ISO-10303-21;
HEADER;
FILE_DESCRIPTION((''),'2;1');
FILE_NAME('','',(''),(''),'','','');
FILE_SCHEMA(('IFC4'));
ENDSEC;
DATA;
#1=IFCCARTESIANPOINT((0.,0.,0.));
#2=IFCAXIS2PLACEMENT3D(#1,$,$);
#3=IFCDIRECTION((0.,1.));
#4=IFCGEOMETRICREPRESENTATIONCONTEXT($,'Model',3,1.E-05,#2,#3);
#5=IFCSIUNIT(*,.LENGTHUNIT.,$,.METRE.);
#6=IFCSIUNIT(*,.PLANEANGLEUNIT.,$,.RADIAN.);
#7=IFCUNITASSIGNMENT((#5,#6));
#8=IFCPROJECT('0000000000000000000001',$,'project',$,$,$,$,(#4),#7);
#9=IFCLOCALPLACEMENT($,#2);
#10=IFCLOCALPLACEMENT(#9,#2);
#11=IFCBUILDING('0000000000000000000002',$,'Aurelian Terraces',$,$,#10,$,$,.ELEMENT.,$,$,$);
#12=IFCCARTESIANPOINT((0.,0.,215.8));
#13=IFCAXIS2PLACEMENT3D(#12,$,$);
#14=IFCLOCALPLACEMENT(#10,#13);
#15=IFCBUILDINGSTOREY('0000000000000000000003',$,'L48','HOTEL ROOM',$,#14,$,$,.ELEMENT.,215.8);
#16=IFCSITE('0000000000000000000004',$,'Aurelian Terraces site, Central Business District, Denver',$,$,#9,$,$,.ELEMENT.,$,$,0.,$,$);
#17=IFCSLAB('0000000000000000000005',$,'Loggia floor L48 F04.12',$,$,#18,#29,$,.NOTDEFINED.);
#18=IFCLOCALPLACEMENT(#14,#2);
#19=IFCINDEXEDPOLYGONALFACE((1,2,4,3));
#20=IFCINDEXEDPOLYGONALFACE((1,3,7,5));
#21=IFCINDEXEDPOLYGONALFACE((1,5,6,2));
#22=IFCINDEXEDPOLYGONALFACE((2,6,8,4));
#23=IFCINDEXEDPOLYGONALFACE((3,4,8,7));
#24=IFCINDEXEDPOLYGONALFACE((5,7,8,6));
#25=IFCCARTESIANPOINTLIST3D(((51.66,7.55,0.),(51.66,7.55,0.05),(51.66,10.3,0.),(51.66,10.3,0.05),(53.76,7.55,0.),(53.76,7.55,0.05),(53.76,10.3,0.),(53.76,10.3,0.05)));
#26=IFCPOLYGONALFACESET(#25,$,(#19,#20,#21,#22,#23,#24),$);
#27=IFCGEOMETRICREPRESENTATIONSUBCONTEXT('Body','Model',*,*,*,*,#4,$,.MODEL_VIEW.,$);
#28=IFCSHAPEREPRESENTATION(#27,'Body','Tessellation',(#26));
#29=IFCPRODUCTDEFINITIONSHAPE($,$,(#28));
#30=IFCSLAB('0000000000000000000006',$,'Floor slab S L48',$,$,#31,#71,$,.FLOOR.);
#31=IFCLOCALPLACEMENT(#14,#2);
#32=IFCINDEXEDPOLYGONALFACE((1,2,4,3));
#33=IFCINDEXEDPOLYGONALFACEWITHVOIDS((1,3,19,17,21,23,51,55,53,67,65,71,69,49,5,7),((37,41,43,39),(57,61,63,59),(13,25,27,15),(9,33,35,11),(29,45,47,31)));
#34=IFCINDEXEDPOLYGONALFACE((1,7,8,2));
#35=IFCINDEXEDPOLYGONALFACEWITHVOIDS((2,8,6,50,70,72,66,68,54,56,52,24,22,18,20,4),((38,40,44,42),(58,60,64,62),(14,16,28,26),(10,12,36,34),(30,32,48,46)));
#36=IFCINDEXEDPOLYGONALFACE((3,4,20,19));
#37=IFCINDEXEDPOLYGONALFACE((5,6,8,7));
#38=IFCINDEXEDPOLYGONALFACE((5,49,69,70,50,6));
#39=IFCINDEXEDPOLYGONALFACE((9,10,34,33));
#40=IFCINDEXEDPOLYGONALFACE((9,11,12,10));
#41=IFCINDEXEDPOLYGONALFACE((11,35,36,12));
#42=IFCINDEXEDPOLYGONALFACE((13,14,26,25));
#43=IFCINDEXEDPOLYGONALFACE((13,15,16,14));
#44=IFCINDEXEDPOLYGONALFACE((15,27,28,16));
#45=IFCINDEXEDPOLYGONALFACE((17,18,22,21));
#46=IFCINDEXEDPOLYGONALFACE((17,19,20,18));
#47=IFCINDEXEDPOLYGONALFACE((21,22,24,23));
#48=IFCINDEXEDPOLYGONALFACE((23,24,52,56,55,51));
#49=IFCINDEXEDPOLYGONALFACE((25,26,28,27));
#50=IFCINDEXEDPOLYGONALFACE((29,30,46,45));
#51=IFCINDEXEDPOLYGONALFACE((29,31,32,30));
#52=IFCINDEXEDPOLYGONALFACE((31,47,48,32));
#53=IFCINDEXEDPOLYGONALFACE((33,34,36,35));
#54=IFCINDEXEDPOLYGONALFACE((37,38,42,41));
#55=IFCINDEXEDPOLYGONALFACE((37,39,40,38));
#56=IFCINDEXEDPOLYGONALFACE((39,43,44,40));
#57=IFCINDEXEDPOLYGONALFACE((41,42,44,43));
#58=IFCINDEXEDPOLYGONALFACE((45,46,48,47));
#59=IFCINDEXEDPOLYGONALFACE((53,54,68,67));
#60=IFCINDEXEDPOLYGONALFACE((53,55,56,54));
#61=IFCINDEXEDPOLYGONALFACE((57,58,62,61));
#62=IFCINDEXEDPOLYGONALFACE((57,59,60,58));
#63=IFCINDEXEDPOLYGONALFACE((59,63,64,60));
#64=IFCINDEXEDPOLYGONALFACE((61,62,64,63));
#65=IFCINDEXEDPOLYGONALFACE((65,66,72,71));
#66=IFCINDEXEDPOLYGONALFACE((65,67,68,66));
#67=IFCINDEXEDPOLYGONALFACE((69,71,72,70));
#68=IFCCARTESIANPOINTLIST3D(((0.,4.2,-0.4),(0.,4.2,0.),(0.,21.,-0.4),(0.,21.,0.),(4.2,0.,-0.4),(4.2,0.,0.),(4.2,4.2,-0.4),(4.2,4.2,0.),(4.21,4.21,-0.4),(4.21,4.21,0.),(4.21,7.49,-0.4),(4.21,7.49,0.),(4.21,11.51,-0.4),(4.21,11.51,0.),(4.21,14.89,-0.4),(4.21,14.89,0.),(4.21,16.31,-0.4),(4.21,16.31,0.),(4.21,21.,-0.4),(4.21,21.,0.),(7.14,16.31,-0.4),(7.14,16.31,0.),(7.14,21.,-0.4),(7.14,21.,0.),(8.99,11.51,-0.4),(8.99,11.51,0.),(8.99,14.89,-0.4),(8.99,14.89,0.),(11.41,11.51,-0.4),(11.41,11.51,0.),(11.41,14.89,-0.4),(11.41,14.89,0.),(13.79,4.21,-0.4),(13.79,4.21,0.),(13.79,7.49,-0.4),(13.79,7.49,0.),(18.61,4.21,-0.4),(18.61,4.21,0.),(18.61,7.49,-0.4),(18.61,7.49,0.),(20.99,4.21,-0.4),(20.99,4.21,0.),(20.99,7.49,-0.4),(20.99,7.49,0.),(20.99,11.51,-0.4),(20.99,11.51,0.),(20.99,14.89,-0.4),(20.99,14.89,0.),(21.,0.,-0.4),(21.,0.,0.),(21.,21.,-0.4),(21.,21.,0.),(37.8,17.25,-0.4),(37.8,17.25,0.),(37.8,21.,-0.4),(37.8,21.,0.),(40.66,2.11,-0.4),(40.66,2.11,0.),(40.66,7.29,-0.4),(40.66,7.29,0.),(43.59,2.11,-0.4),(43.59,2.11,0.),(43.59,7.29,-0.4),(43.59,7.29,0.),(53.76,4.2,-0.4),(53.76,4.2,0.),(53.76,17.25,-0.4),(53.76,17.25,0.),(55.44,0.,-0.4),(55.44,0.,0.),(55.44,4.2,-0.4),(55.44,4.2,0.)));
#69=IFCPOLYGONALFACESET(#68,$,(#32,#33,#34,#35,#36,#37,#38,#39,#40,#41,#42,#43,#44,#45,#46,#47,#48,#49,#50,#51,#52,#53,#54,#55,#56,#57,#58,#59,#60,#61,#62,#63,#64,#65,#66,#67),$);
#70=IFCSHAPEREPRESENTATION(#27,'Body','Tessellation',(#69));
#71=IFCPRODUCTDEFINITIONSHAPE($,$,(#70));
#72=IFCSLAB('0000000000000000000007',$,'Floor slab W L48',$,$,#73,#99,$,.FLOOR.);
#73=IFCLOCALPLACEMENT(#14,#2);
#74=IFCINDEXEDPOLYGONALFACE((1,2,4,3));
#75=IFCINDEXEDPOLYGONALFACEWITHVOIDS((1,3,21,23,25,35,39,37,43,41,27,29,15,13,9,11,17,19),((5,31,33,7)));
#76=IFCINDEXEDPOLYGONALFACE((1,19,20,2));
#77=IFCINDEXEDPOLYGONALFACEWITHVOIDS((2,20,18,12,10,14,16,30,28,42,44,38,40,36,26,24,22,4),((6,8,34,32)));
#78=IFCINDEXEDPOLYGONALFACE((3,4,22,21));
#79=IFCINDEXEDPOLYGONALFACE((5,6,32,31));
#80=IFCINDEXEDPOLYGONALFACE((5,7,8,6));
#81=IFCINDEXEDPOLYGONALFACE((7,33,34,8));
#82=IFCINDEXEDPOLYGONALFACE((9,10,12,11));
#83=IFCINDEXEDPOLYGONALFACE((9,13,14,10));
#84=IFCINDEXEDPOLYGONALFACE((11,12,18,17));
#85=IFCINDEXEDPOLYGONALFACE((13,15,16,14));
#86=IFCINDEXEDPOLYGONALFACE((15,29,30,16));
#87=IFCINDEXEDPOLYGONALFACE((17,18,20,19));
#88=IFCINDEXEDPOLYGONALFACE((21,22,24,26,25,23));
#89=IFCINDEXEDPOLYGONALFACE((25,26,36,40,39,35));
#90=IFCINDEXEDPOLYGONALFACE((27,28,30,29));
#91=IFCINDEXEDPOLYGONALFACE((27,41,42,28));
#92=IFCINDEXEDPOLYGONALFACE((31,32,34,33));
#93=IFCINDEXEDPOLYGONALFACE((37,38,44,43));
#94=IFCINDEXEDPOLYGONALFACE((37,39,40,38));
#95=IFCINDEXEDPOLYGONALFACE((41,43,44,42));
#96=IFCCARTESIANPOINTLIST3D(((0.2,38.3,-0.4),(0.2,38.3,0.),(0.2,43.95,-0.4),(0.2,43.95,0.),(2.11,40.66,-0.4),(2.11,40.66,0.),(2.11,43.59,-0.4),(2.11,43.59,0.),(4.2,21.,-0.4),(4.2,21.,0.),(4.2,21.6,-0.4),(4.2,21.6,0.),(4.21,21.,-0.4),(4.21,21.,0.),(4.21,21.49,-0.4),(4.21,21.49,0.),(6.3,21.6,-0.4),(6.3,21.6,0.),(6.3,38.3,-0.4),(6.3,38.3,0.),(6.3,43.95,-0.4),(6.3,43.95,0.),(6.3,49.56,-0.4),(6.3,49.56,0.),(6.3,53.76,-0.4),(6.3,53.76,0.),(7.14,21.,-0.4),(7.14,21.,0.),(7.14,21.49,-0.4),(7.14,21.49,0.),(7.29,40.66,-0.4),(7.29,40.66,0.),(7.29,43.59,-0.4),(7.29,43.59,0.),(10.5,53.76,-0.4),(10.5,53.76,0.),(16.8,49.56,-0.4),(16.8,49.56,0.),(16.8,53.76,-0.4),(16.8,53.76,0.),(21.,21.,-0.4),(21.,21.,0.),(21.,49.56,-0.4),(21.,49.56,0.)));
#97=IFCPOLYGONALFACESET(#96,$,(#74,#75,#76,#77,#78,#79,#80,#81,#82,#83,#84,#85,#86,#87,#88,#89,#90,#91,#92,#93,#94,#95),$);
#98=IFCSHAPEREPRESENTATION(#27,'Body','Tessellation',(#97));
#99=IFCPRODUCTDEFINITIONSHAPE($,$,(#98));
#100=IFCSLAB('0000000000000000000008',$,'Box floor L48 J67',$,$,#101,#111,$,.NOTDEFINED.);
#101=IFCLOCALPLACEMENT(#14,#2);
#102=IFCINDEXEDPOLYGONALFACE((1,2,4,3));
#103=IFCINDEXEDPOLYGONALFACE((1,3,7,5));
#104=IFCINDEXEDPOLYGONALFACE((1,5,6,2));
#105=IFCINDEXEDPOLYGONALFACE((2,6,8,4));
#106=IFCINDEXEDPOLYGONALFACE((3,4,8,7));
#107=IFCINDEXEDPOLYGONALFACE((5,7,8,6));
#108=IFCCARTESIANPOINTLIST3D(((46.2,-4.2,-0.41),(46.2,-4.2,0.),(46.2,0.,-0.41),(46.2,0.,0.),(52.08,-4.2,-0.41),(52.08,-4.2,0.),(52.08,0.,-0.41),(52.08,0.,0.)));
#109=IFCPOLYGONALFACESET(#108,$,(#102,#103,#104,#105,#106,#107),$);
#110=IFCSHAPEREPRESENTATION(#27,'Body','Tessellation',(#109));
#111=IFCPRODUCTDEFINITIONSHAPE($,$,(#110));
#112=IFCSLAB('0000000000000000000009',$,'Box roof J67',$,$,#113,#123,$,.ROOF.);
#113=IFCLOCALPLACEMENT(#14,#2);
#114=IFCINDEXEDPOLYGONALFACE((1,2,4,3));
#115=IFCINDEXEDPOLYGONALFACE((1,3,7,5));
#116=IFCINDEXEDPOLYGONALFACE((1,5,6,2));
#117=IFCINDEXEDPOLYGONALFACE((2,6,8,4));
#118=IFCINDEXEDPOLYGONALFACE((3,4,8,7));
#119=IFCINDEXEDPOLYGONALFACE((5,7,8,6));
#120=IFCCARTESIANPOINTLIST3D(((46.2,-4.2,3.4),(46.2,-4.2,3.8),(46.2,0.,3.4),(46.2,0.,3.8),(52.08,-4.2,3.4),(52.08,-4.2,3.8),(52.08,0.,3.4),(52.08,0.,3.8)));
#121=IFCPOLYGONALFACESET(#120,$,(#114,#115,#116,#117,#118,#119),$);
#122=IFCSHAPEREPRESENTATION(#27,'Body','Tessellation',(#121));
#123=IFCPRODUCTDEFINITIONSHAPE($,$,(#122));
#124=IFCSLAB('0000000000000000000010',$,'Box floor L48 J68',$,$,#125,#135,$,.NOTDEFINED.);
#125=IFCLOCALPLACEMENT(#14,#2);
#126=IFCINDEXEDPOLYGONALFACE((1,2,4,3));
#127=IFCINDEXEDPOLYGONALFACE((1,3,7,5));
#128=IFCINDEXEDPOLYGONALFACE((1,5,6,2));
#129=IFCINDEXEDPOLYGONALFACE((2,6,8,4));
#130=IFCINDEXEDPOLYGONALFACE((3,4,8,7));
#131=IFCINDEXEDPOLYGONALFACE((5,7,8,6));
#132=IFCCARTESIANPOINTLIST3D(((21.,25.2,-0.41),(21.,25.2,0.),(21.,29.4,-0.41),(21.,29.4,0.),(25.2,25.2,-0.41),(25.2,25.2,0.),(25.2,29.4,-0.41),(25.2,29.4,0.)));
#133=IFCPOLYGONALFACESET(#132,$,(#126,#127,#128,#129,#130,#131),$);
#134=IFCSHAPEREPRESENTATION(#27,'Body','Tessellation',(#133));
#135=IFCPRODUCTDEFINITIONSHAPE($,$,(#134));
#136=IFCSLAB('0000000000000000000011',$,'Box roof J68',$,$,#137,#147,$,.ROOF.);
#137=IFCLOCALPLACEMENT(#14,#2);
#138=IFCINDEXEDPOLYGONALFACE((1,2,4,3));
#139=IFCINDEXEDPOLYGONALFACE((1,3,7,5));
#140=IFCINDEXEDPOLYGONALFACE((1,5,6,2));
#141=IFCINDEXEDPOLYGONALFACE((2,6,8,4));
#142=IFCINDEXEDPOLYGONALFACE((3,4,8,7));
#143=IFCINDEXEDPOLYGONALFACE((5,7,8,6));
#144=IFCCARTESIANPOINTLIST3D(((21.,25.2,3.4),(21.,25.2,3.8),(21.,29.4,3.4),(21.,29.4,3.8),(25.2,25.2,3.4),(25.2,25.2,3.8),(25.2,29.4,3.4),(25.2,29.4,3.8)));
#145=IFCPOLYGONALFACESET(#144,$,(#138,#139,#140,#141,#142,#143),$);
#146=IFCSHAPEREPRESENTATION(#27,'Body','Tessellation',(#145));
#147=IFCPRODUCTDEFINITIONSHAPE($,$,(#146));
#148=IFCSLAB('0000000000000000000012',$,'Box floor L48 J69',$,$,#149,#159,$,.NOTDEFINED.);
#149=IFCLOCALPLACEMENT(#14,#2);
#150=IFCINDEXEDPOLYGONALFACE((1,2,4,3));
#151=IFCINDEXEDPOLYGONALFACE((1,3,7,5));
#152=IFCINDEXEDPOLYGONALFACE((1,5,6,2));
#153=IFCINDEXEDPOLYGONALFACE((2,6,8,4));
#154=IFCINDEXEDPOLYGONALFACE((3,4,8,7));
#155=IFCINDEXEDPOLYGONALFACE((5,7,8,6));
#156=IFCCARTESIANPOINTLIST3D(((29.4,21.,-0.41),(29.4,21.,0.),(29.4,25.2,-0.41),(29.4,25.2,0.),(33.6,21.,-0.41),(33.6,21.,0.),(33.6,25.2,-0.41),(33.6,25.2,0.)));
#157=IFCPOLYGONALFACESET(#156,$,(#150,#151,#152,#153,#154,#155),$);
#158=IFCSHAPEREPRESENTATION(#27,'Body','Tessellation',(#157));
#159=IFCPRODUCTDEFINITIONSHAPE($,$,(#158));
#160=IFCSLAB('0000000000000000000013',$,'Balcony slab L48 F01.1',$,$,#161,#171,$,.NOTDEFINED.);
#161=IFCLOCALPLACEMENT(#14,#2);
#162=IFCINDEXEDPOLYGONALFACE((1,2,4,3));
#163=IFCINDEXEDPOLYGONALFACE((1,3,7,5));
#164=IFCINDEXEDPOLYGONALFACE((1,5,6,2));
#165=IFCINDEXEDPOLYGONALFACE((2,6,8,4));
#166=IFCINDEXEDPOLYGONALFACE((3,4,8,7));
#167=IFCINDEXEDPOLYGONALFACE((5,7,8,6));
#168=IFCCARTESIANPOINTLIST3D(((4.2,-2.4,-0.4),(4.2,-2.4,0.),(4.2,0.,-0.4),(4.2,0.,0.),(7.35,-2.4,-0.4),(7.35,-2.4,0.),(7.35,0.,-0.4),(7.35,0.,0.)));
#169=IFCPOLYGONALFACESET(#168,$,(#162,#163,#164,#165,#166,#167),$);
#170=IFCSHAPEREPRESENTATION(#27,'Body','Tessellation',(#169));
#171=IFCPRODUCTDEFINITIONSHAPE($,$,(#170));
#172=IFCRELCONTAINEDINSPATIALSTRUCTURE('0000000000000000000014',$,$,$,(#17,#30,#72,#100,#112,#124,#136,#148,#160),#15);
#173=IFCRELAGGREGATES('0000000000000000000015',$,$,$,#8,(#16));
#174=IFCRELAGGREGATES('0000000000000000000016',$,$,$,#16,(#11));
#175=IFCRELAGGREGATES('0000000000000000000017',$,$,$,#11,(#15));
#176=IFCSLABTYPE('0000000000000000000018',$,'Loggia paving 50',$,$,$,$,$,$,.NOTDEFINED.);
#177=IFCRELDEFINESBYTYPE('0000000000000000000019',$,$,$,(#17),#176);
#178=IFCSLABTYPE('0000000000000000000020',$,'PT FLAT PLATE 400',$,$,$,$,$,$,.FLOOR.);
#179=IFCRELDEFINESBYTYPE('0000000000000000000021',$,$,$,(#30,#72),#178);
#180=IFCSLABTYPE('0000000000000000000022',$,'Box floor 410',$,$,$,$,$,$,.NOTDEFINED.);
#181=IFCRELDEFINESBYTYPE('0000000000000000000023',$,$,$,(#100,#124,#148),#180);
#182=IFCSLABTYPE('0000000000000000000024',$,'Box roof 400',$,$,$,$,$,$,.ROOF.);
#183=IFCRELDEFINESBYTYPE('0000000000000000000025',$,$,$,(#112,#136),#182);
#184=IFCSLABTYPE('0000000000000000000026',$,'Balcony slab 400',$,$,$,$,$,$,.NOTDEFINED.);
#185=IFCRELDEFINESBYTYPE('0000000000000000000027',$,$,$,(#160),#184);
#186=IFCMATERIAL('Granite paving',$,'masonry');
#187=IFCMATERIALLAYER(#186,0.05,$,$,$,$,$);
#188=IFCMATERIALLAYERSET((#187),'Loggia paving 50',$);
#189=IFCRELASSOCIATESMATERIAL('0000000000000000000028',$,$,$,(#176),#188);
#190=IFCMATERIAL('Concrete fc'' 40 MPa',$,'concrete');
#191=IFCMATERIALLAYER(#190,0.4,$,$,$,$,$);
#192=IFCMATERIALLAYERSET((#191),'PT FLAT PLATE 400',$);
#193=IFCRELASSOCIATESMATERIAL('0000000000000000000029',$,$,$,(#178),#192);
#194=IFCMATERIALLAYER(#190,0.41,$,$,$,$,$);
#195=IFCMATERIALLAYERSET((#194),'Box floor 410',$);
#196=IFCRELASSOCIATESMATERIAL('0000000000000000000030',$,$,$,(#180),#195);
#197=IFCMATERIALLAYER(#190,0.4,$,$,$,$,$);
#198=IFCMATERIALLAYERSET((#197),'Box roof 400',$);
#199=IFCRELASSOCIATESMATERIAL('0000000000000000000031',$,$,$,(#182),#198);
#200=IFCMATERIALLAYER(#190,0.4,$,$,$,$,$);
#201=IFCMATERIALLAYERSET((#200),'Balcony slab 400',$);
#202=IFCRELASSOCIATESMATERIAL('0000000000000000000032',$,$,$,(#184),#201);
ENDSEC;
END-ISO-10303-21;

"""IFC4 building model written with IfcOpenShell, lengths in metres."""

from ifc_helpers import new_model, si_unit, direction, frame, origin, place, context, subcontext, project, spatial, polyline, outline, extrude, source, transform, mapped, material, layer, layer_set, type_object, element, save


model = new_model("IFC4")

# Units and contexts
model_context = context("Model", 3, precision=1e-05, world=origin(), true_north=direction((0.0, 1.0)))
body_context = subcontext(model_context, "Body", "Model", "MODEL_VIEW")
ifc_project = project(units=[si_unit("LENGTHUNIT", "METRE"), si_unit("PLANEANGLEUNIT", "RADIAN")], contexts=[model_context])

# Site, building, storey
site_placement = place(None, origin())
site = spatial("IfcSite", under=ifc_project, at=site_placement, Name="Aurelian Terraces site, Central Business District, Denver", CompositionType="ELEMENT", RefElevation=0.0)
building_placement = place(site_placement, origin())
building = spatial("IfcBuilding", under=site, at=building_placement, Name="Aurelian Terraces", CompositionType="ELEMENT")
storey_placement = place(building_placement, frame((0.0, 0.0, 215.8)))
storey = spatial("IfcBuildingStorey", under=building, at=storey_placement, Name="L48", Description="HOTEL ROOM", CompositionType="ELEMENT", Elevation=215.8)

# Slabs
ifc_material_1 = material(Name="Granite paving", Category="masonry")
ifc_layer_1 = layer(ifc_material_1, 0.05)
ifc_layer_set_1 = layer_set([ifc_layer_1], Name="Loggia paving 50")
slab_type_1 = type_object("IfcSlabType", Name="Loggia paving 50", PredefinedType="NOTDEFINED", material=ifc_layer_set_1)
slab_1_placement = place(storey_placement, origin())
element("IfcSlab", 1, at=slab_1_placement, inside=storey, type_object=slab_type_1, Name="Loggia floor L48 F04.12", PredefinedType="NOTDEFINED", context=body_context, shape_type="SweptSolid", body=[
    extrude(outline(polyline([(53.76, 7.55), (53.76, 10.3), (51.66, 10.3), (51.66, 7.55), (53.76, 7.55)])), origin(), (0.0, 0.0, 1.0), 0.05),
])
ifc_material_2 = material(Name="Concrete fc' 40 MPa", Category="concrete")
ifc_layer_2 = layer(ifc_material_2, 0.4)
ifc_layer_set_2 = layer_set([ifc_layer_2], Name="PT FLAT PLATE 400")
slab_type_2 = type_object("IfcSlabType", Name="PT FLAT PLATE 400", PredefinedType="FLOOR", material=ifc_layer_set_2)
slab_2_placement = place(storey_placement, frame((0.0, 0.0, -0.4)))
element("IfcSlab", 2, at=slab_2_placement, inside=storey, type_object=slab_type_2, Name="Floor slab S L48", PredefinedType="FLOOR", context=body_context, shape_type="SweptSolid", body=[
    extrude(outline(polyline([(21.0, 0.0), (4.2, 0.0), (4.2, 4.2), (0.0, 4.2), (0.0, 21.0), (4.21, 21.0), (4.21, 16.31), (7.14, 16.31), (7.14, 21.0), (21.0, 21.0), (37.8, 21.0), (37.8, 17.25), (53.76, 17.25), (53.76, 4.2), (55.44, 4.2), (55.44, 0.0), (21.0, 0.0)]), holes=[polyline([(40.66, 2.11), (43.59, 2.11), (43.59, 7.29), (40.66, 7.29), (40.66, 2.11)]), polyline([(18.61, 7.49), (18.61, 4.21), (20.99, 4.21), (20.99, 7.49), (18.61, 7.49)]), polyline([(20.99, 14.89), (11.41, 14.89), (11.41, 11.51), (20.99, 11.51), (20.99, 14.89)]), polyline([(4.21, 7.49), (4.21, 4.21), (13.79, 4.21), (13.79, 7.49), (4.21, 7.49)]), polyline([(4.21, 14.89), (4.21, 11.51), (8.99, 11.51), (8.99, 14.89), (4.21, 14.89)])]), origin(), (0.0, 0.0, 1.0), 0.4),
])
shared_shape_1 = source(origin(), body_context, "Body", "SweptSolid", [
    extrude(outline(polyline([(6.3, 43.95), (6.3, 49.56), (6.3, 53.76), (10.5, 53.76), (16.8, 53.76), (16.8, 49.56), (21.0, 49.56), (21.0, 21.0), (7.14, 21.0), (7.14, 21.49), (4.21, 21.49), (4.21, 21.0), (4.2, 21.0), (4.2, 21.6), (6.3, 21.6), (6.3, 38.3), (0.2, 38.3), (0.2, 43.95), (6.3, 43.95)]), holes=[polyline([(7.29, 43.59), (2.11, 43.59), (2.11, 40.66), (7.29, 40.66), (7.29, 43.59)])]), origin(), (0.0, 0.0, 1.0), 0.4),
])
slab_3_placement = place(storey_placement, frame((0.0, 0.0, -0.4)))
element("IfcSlab", 3, at=slab_3_placement, inside=storey, type_object=slab_type_2, Name="Floor slab W L48", PredefinedType="FLOOR", context=body_context, shape_type="MappedRepresentation", body=[
    mapped(shared_shape_1, transform((0.0, 0.0, 0.0), scale=1.0)),
])
ifc_layer_3 = layer(ifc_material_2, 0.41)
ifc_layer_set_3 = layer_set([ifc_layer_3], Name="Box floor 410")
slab_type_3 = type_object("IfcSlabType", Name="Box floor 410", PredefinedType="NOTDEFINED", material=ifc_layer_set_3)
shared_shape_2 = source(origin(), body_context, "Body", "SweptSolid", [
    extrude(outline(polyline([(46.2, -4.2), (52.08, -4.2), (52.08, 0.0), (46.2, 0.0), (46.2, -4.2)])), origin(), (0.0, 0.0, 1.0), 0.41),
])
slab_4_placement = place(storey_placement, frame((0.0, 0.0, -0.41)))
element("IfcSlab", 4, at=slab_4_placement, inside=storey, type_object=slab_type_3, Name="Box floor L48 J67", PredefinedType="NOTDEFINED", context=body_context, shape_type="MappedRepresentation", body=[
    mapped(shared_shape_2, transform((0.0, 0.0, 0.0), scale=1.0)),
])
ifc_layer_4 = layer(ifc_material_2, 0.4)
ifc_layer_set_4 = layer_set([ifc_layer_4], Name="Box roof 400")
slab_type_4 = type_object("IfcSlabType", Name="Box roof 400", PredefinedType="ROOF", material=ifc_layer_set_4)
shared_shape_3 = source(origin(), body_context, "Body", "SweptSolid", [
    extrude(outline(polyline([(46.2, -4.2), (52.08, -4.2), (52.08, 0.0), (46.2, 0.0), (46.2, -4.2)])), origin(), (0.0, 0.0, 1.0), 0.4),
])
slab_5_placement = place(storey_placement, frame((0.0, 0.0, 3.4)))
element("IfcSlab", 5, at=slab_5_placement, inside=storey, type_object=slab_type_4, Name="Box roof J67", PredefinedType="ROOF", context=body_context, shape_type="MappedRepresentation", body=[
    mapped(shared_shape_3, transform((0.0, 0.0, 0.0), scale=1.0)),
])
shared_shape_4 = source(origin(), body_context, "Body", "SweptSolid", [
    extrude(outline(polyline([(25.2, 25.2), (25.2, 29.4), (21.0, 29.4), (21.0, 25.2), (25.2, 25.2)])), origin(), (0.0, 0.0, 1.0), 0.41),
])
slab_6_placement = place(storey_placement, frame((0.0, 0.0, -0.41)))
element("IfcSlab", 6, at=slab_6_placement, inside=storey, type_object=slab_type_3, Name="Box floor L48 J68", PredefinedType="NOTDEFINED", context=body_context, shape_type="MappedRepresentation", body=[
    mapped(shared_shape_4, transform((0.0, 0.0, 0.0), scale=1.0)),
])
shared_shape_5 = source(origin(), body_context, "Body", "SweptSolid", [
    extrude(outline(polyline([(25.2, 25.2), (25.2, 29.4), (21.0, 29.4), (21.0, 25.2), (25.2, 25.2)])), origin(), (0.0, 0.0, 1.0), 0.4),
])
slab_7_placement = place(storey_placement, frame((0.0, 0.0, 3.4)))
element("IfcSlab", 7, at=slab_7_placement, inside=storey, type_object=slab_type_4, Name="Box roof J68", PredefinedType="ROOF", context=body_context, shape_type="MappedRepresentation", body=[
    mapped(shared_shape_5, transform((0.0, 0.0, 0.0), scale=1.0)),
])
shared_shape_6 = source(origin(), body_context, "Body", "SweptSolid", [
    extrude(outline(polyline([(33.6, 25.2), (29.4, 25.2), (29.4, 21.0), (33.6, 21.0), (33.6, 25.2)])), origin(), (0.0, 0.0, 1.0), 0.41),
])
slab_8_placement = place(storey_placement, frame((0.0, 0.0, -0.41)))
element("IfcSlab", 8, at=slab_8_placement, inside=storey, type_object=slab_type_3, Name="Box floor L48 J69", PredefinedType="NOTDEFINED", context=body_context, shape_type="MappedRepresentation", body=[
    mapped(shared_shape_6, transform((0.0, 0.0, 0.0), scale=1.0)),
])
ifc_layer_5 = layer(ifc_material_2, 0.4)
ifc_layer_set_5 = layer_set([ifc_layer_5], Name="Balcony slab 400")
slab_type_5 = type_object("IfcSlabType", Name="Balcony slab 400", PredefinedType="NOTDEFINED", material=ifc_layer_set_5)
shared_shape_7 = source(origin(), body_context, "Body", "SweptSolid", [
    extrude(outline(polyline([(4.2, 0.0), (7.35, 0.0), (7.35, -2.4), (4.2, -2.4), (4.2, 0.0)])), origin(), (0.0, 0.0, 1.0), 0.4),
])
slab_9_placement = place(storey_placement, frame((0.0, 0.0, -0.4)))
element("IfcSlab", 9, at=slab_9_placement, inside=storey, type_object=slab_type_5, Name="Balcony slab L48 F01.1", PredefinedType="NOTDEFINED", context=body_context, shape_type="MappedRepresentation", body=[
    mapped(shared_shape_7, transform((0.0, 0.0, 0.0), scale=1.0)),
])

save(model, "model.ifc")
